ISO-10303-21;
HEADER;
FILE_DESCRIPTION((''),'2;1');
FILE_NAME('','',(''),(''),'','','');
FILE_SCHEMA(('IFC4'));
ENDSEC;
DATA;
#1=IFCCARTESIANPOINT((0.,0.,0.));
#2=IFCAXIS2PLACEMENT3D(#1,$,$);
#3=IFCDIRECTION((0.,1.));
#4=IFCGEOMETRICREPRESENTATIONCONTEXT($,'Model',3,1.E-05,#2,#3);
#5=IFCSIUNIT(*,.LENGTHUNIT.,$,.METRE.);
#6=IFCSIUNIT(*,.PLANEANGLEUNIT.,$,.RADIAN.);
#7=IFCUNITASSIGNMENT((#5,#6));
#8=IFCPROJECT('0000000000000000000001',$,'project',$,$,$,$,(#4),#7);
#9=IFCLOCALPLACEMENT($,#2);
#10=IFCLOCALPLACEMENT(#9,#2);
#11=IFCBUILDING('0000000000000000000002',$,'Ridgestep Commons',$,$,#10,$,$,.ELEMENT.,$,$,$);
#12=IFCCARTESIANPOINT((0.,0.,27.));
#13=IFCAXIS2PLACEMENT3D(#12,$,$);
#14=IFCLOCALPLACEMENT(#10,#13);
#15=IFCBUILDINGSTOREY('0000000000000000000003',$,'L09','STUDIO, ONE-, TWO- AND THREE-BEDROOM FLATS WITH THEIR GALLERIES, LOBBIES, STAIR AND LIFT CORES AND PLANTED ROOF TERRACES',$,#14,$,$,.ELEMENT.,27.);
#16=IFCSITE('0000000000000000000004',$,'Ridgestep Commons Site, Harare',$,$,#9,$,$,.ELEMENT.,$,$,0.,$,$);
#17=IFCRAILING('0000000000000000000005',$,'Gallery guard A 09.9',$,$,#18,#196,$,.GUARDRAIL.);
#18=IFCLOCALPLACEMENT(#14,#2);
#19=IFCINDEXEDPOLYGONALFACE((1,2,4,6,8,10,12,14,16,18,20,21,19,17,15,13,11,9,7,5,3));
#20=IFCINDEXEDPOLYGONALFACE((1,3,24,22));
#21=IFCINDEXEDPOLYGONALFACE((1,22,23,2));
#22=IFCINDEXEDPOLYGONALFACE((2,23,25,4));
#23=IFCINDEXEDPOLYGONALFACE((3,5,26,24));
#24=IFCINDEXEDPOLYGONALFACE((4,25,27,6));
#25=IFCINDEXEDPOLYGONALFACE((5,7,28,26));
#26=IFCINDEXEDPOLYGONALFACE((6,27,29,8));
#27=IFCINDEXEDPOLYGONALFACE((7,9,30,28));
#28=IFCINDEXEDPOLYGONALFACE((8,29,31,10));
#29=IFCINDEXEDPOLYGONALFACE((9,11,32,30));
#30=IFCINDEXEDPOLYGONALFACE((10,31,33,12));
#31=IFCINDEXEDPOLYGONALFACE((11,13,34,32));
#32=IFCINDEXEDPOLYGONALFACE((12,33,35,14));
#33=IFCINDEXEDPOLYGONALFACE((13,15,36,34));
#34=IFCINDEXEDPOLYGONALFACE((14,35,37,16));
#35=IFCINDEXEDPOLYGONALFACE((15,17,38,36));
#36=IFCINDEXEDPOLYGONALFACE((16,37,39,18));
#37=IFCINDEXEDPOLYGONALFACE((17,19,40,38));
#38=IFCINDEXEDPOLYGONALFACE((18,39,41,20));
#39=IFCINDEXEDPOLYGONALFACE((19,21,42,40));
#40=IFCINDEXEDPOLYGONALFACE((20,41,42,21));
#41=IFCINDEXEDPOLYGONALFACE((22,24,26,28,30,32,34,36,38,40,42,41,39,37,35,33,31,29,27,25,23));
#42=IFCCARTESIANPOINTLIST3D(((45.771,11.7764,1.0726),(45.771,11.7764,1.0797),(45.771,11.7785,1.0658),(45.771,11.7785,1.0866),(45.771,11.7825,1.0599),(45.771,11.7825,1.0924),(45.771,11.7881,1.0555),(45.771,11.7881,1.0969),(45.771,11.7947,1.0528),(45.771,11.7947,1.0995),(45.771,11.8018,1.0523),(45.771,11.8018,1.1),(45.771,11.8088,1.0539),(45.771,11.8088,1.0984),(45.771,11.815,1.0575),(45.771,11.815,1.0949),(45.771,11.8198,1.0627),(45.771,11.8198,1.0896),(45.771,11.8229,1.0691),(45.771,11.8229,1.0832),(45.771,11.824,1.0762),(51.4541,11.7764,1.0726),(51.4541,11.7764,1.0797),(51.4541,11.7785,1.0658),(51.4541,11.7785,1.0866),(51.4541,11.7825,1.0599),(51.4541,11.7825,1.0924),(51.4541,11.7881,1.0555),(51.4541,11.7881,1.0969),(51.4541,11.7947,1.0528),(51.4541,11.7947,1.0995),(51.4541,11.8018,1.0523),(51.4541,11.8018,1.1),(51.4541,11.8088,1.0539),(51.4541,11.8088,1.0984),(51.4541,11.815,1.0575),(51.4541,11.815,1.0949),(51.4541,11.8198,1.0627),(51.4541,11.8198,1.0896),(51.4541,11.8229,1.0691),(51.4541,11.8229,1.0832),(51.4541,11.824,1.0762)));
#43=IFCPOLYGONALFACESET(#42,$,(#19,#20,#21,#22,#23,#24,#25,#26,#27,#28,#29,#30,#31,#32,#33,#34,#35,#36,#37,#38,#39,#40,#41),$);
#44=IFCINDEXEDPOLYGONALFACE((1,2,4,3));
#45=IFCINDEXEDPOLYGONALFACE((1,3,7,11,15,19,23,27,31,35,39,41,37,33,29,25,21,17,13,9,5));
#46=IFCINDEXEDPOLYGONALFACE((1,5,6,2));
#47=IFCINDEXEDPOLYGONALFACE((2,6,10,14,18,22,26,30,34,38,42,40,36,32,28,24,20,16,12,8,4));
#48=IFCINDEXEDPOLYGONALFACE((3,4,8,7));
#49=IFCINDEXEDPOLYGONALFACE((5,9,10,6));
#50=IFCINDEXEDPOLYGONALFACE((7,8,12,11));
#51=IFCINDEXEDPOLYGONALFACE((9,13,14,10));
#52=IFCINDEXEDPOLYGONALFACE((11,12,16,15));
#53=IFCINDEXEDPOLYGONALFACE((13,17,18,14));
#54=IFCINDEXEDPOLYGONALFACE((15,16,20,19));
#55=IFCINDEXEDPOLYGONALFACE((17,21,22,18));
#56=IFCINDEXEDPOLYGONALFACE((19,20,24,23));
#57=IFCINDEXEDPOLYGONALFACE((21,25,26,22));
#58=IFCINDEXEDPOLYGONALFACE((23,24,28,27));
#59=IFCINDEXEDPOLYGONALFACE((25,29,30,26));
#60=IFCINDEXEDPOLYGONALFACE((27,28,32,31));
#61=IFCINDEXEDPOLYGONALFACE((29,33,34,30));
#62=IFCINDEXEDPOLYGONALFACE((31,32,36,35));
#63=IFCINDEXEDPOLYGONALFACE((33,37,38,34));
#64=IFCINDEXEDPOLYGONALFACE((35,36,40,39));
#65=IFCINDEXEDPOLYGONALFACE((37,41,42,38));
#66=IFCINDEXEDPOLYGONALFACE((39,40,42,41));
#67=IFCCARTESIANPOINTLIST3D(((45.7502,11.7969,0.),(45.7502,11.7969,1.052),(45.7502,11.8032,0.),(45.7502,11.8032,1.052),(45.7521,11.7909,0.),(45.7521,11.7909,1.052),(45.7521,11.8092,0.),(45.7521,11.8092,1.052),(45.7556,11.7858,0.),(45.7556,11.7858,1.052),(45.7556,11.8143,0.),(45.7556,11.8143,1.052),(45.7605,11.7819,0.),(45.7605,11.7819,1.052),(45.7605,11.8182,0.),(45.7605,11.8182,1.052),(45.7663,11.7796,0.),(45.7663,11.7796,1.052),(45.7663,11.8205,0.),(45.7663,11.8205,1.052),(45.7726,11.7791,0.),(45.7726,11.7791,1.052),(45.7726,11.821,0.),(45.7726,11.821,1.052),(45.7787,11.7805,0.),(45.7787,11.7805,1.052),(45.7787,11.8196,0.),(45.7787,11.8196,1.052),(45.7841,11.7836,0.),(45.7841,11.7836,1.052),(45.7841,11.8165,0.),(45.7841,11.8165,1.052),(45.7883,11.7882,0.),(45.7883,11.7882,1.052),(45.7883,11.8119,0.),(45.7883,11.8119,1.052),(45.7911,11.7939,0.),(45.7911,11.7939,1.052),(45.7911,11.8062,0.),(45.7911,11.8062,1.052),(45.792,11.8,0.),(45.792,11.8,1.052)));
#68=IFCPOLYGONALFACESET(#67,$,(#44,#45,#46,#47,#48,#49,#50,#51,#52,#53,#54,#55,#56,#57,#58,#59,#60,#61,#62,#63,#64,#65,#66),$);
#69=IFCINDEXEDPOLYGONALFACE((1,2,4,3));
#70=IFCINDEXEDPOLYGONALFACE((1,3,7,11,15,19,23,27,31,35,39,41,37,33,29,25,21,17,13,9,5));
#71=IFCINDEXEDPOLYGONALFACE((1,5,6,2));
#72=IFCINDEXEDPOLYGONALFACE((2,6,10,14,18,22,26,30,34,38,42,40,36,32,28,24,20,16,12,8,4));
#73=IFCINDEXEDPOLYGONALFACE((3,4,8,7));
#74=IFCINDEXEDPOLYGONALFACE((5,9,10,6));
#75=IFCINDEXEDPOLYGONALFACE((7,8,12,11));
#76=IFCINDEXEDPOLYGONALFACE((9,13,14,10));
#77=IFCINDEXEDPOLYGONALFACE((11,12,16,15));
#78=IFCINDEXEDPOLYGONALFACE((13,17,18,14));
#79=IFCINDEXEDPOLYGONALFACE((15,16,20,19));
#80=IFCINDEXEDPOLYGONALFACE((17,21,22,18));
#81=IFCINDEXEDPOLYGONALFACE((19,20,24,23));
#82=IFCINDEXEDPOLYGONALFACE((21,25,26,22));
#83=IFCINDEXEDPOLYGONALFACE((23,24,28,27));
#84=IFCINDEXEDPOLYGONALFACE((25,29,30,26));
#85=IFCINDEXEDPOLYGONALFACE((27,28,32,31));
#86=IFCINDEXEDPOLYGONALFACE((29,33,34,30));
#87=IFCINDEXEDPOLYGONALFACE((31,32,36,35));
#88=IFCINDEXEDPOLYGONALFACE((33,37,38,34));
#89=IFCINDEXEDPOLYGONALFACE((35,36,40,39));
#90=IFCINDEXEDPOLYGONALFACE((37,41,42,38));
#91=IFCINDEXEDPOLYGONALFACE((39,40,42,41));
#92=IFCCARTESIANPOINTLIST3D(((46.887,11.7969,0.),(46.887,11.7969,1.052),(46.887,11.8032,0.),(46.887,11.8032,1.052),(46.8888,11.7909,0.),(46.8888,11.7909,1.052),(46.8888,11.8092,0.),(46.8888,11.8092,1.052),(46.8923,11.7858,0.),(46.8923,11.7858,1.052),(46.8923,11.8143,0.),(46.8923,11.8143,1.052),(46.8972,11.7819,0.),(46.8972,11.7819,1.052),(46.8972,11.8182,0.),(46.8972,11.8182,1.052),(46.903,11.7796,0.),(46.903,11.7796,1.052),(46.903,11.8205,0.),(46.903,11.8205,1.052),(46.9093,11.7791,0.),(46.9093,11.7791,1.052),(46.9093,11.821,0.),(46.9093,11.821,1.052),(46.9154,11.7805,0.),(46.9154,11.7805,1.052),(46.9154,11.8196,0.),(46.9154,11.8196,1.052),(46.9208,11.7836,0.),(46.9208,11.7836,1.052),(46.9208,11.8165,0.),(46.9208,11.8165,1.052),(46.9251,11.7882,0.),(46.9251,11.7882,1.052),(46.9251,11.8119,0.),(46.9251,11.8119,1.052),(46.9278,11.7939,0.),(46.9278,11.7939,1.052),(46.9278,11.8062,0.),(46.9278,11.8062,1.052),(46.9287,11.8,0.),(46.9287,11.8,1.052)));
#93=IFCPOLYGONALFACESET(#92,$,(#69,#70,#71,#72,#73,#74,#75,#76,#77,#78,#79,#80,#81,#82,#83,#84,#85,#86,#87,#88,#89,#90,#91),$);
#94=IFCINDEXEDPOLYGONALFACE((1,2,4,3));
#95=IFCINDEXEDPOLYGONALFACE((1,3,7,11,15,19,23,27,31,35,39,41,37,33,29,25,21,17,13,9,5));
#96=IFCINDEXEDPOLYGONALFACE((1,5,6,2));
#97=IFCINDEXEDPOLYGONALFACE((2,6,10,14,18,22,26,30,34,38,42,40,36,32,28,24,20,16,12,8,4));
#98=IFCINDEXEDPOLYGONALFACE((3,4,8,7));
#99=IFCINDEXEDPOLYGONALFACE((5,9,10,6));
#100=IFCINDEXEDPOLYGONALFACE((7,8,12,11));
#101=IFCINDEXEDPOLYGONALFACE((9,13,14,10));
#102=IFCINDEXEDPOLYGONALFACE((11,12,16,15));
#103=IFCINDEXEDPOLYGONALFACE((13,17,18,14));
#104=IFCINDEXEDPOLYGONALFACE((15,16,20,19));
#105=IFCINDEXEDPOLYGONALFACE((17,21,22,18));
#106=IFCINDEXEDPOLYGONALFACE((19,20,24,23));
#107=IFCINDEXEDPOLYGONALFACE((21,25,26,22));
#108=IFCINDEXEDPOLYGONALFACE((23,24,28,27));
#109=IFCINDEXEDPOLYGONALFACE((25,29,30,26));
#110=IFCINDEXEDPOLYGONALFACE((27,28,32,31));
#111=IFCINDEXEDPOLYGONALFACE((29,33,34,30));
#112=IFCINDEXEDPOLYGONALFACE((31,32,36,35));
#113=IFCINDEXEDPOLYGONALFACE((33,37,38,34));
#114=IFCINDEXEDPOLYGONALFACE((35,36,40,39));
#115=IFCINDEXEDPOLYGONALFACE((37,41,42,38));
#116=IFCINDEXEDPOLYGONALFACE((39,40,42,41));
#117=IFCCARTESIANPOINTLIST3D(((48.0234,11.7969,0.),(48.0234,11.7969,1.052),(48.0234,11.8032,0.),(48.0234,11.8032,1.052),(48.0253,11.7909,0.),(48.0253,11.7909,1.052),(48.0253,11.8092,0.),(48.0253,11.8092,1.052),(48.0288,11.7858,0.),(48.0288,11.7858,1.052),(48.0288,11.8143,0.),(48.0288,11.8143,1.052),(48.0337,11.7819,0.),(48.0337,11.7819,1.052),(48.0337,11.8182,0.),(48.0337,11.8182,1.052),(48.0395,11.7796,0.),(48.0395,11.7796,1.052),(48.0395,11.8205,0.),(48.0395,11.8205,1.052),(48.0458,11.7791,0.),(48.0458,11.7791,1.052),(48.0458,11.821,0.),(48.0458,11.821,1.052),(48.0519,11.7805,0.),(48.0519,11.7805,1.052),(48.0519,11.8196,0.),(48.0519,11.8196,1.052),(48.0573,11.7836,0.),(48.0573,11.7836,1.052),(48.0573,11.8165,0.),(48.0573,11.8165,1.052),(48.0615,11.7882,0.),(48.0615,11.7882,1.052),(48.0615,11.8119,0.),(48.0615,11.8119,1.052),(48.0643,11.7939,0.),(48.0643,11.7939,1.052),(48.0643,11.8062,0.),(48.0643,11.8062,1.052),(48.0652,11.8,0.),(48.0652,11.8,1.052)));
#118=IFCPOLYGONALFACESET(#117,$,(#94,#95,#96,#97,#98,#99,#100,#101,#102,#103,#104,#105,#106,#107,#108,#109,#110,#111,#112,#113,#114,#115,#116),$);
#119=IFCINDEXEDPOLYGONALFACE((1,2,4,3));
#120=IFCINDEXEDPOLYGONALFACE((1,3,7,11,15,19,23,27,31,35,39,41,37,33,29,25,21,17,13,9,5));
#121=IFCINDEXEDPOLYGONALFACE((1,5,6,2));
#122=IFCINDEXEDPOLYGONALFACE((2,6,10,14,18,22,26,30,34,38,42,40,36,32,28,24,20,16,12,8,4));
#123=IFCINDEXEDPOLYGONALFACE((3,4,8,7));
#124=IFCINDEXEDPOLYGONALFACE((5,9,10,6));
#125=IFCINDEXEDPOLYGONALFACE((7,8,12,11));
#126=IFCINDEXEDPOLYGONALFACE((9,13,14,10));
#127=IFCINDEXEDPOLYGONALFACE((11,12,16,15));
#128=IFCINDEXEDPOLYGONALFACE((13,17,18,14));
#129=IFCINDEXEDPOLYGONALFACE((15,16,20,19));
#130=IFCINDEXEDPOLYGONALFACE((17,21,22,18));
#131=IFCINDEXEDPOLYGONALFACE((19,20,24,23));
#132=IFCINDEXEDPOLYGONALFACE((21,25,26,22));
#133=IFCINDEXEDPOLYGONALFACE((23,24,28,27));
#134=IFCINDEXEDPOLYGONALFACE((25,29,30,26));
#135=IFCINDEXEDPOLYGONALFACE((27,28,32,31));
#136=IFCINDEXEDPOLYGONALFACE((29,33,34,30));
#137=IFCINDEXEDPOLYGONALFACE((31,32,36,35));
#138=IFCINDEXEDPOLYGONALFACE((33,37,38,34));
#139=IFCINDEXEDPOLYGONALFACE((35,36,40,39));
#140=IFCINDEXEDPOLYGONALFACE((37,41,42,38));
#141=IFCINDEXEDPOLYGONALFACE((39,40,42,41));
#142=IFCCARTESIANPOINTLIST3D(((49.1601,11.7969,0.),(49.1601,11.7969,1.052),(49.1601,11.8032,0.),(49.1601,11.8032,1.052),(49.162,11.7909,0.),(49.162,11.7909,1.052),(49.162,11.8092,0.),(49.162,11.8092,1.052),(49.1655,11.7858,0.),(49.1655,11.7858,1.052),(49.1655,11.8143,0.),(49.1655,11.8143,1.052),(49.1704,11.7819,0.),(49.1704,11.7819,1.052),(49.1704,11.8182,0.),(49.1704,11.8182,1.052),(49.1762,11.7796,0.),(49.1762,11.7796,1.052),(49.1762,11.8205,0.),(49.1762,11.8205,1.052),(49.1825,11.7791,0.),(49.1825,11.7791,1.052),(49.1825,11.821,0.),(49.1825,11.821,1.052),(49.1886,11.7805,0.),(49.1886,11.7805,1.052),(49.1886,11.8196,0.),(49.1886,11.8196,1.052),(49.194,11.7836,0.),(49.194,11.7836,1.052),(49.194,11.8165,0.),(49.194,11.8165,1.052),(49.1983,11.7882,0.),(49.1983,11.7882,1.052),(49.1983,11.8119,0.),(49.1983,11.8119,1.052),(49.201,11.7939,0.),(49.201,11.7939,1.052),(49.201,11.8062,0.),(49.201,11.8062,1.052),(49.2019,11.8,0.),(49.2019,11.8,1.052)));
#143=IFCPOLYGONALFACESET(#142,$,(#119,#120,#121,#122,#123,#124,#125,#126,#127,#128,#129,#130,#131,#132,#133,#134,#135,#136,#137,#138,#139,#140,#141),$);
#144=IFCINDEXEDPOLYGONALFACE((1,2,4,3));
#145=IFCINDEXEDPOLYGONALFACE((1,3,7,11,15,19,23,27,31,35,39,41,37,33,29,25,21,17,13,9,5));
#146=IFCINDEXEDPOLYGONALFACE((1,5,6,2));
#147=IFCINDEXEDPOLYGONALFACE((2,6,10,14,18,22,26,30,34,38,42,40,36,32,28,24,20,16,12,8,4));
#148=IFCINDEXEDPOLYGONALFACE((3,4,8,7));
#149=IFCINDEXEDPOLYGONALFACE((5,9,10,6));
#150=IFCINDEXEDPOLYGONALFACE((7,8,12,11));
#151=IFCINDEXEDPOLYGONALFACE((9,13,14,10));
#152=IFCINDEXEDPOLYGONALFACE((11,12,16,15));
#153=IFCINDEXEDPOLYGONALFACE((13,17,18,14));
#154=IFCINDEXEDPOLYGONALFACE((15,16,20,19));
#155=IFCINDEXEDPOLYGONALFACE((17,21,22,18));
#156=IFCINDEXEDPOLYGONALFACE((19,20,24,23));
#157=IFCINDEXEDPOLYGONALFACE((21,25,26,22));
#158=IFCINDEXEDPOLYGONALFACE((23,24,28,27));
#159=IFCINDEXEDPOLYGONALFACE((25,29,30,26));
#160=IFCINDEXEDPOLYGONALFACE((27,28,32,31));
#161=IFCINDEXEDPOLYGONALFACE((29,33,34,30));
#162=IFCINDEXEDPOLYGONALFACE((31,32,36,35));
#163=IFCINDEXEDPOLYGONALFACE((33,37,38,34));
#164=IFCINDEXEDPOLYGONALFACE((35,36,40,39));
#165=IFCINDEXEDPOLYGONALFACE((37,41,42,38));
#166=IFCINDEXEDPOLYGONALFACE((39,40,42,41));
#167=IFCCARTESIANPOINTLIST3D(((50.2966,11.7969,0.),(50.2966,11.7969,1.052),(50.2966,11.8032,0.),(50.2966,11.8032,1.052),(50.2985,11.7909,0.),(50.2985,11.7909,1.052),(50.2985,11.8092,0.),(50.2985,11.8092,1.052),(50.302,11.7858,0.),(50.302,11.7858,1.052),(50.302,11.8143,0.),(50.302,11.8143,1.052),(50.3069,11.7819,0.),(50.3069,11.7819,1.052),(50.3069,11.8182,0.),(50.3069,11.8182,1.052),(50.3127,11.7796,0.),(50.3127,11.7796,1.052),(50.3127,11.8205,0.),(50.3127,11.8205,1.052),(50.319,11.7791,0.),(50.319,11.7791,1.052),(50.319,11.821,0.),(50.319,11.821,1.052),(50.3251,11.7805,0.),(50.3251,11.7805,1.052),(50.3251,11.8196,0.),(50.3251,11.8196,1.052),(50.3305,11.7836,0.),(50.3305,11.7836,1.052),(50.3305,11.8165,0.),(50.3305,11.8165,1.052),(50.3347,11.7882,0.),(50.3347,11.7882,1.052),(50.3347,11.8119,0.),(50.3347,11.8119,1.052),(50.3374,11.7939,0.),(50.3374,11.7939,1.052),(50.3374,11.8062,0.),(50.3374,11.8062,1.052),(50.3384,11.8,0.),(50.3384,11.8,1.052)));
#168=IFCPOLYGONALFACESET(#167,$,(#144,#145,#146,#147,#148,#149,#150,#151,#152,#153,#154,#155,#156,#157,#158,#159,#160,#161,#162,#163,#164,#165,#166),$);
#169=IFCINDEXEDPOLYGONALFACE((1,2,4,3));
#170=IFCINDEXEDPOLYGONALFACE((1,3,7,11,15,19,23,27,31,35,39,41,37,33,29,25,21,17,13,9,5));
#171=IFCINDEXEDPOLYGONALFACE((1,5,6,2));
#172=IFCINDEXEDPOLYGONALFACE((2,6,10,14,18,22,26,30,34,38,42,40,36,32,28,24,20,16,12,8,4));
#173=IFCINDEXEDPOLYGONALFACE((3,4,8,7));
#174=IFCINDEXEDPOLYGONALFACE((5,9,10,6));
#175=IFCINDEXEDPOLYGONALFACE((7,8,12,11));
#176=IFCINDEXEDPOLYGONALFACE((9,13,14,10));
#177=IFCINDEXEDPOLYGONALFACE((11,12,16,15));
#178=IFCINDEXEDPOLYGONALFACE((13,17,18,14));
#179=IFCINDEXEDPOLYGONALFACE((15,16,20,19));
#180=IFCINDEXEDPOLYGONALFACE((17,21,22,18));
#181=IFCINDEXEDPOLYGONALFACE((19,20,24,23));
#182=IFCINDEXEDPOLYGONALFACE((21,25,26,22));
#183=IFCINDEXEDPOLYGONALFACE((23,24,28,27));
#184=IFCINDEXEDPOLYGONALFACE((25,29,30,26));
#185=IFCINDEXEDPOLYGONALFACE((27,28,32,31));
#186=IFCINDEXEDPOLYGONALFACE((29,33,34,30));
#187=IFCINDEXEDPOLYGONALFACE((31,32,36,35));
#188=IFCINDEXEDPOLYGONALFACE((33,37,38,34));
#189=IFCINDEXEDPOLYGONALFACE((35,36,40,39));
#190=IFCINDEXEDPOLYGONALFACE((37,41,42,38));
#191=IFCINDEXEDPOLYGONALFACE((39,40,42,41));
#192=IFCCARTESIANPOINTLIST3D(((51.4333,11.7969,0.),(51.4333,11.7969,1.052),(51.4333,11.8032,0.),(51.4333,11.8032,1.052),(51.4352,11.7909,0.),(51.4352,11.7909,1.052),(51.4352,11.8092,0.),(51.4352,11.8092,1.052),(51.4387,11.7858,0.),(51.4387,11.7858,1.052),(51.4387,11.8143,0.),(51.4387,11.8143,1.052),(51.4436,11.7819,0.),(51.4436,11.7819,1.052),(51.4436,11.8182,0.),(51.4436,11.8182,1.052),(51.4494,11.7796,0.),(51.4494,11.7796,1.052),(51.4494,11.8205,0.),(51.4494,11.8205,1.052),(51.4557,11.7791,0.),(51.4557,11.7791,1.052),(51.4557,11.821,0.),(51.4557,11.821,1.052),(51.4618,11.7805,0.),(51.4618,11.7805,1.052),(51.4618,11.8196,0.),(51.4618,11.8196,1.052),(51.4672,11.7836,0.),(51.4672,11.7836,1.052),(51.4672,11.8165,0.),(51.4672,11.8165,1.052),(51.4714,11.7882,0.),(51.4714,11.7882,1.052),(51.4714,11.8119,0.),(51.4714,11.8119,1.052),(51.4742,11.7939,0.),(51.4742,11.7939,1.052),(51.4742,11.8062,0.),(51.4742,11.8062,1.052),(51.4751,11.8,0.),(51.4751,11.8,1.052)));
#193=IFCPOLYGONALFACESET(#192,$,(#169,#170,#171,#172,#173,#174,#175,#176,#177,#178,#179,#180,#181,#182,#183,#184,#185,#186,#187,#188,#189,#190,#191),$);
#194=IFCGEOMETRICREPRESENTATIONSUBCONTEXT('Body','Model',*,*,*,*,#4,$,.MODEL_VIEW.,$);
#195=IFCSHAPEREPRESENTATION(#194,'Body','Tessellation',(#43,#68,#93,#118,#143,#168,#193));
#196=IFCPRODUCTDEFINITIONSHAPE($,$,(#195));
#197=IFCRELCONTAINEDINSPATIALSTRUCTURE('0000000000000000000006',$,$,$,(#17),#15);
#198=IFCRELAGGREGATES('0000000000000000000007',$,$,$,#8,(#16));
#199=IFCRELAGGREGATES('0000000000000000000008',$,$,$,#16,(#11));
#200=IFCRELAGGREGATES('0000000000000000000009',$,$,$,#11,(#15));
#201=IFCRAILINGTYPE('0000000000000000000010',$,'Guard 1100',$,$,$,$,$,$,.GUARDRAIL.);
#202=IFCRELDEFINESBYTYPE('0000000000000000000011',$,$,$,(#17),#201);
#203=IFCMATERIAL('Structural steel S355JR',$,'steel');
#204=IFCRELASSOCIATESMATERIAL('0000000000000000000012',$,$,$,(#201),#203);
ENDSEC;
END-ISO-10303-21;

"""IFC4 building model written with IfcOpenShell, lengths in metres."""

from ifc_helpers import new_model, si_unit, direction, frame, origin, origin_2d, place, context, subcontext, project, spatial, circle, extrude, material, type_object, element, save


model = new_model("IFC4")

# Units and contexts
model_context = context("Model", 3, precision=1e-05, world=origin(), true_north=direction((0.0, 1.0)))
body_context = subcontext(model_context, "Body", "Model", "MODEL_VIEW")
ifc_project = project(units=[si_unit("LENGTHUNIT", "METRE"), si_unit("PLANEANGLEUNIT", "RADIAN")], contexts=[model_context])

# Site, building, storey
site_placement = place(None, origin())
site = spatial("IfcSite", under=ifc_project, at=site_placement, Name="Ridgestep Commons Site, Harare", CompositionType="ELEMENT", RefElevation=0.0)
building_placement = place(site_placement, origin())
building = spatial("IfcBuilding", under=site, at=building_placement, Name="Ridgestep Commons", CompositionType="ELEMENT")
storey_placement = place(building_placement, frame((0.0, 0.0, 27.0)))
storey = spatial("IfcBuildingStorey", under=building, at=storey_placement, Name="L09", Description="STUDIO, ONE-, TWO- AND THREE-BEDROOM FLATS WITH THEIR GALLERIES, LOBBIES, STAIR AND LIFT CORES AND PLANTED ROOF TERRACES", CompositionType="ELEMENT", Elevation=27.0)

# Railing
ifc_material_1 = material(Name="Structural steel S355JR", Category="steel")
railing_type_1 = type_object("IfcRailingType", Name="Guard 1100", PredefinedType="GUARDRAIL", material=ifc_material_1)
railing_1_placement = place(storey_placement, frame((45.771, 11.8, 0.0)))
element("IfcRailing", 1, at=railing_1_placement, inside=storey, type_object=railing_type_1, Name="Gallery guard A 09.9", PredefinedType="GUARDRAIL", context=body_context, shape_type="SweptSolid", body=[
    extrude(circle(Radius=0.0239, at=origin_2d()), frame((0.0, 0.0, 1.0762), z_axis=(1.0, 0.0, 0.0), x_axis=(0.0, 1.0, 0.0)), (0.0, 0.0, 1.0), 5.6831),
    extrude(circle(Radius=0.021, at=origin_2d()), origin(), (0.0, 0.0, 1.0), 1.052),
    extrude(circle(Radius=0.021, at=origin_2d()), frame((1.1367, 0.0, 0.0)), (0.0, 0.0, 1.0), 1.052),
    extrude(circle(Radius=0.021, at=origin_2d()), frame((2.2732, 0.0, 0.0)), (0.0, 0.0, 1.0), 1.052),
    extrude(circle(Radius=0.021, at=origin_2d()), frame((3.4099, 0.0, 0.0)), (0.0, 0.0, 1.0), 1.052),
    extrude(circle(Radius=0.021, at=origin_2d()), frame((4.5464, 0.0, 0.0)), (0.0, 0.0, 1.0), 1.052),
    extrude(circle(Radius=0.021, at=origin_2d()), frame((5.6831, 0.0, 0.0)), (0.0, 0.0, 1.0), 1.052),
])

save(model, "model.ifc")
